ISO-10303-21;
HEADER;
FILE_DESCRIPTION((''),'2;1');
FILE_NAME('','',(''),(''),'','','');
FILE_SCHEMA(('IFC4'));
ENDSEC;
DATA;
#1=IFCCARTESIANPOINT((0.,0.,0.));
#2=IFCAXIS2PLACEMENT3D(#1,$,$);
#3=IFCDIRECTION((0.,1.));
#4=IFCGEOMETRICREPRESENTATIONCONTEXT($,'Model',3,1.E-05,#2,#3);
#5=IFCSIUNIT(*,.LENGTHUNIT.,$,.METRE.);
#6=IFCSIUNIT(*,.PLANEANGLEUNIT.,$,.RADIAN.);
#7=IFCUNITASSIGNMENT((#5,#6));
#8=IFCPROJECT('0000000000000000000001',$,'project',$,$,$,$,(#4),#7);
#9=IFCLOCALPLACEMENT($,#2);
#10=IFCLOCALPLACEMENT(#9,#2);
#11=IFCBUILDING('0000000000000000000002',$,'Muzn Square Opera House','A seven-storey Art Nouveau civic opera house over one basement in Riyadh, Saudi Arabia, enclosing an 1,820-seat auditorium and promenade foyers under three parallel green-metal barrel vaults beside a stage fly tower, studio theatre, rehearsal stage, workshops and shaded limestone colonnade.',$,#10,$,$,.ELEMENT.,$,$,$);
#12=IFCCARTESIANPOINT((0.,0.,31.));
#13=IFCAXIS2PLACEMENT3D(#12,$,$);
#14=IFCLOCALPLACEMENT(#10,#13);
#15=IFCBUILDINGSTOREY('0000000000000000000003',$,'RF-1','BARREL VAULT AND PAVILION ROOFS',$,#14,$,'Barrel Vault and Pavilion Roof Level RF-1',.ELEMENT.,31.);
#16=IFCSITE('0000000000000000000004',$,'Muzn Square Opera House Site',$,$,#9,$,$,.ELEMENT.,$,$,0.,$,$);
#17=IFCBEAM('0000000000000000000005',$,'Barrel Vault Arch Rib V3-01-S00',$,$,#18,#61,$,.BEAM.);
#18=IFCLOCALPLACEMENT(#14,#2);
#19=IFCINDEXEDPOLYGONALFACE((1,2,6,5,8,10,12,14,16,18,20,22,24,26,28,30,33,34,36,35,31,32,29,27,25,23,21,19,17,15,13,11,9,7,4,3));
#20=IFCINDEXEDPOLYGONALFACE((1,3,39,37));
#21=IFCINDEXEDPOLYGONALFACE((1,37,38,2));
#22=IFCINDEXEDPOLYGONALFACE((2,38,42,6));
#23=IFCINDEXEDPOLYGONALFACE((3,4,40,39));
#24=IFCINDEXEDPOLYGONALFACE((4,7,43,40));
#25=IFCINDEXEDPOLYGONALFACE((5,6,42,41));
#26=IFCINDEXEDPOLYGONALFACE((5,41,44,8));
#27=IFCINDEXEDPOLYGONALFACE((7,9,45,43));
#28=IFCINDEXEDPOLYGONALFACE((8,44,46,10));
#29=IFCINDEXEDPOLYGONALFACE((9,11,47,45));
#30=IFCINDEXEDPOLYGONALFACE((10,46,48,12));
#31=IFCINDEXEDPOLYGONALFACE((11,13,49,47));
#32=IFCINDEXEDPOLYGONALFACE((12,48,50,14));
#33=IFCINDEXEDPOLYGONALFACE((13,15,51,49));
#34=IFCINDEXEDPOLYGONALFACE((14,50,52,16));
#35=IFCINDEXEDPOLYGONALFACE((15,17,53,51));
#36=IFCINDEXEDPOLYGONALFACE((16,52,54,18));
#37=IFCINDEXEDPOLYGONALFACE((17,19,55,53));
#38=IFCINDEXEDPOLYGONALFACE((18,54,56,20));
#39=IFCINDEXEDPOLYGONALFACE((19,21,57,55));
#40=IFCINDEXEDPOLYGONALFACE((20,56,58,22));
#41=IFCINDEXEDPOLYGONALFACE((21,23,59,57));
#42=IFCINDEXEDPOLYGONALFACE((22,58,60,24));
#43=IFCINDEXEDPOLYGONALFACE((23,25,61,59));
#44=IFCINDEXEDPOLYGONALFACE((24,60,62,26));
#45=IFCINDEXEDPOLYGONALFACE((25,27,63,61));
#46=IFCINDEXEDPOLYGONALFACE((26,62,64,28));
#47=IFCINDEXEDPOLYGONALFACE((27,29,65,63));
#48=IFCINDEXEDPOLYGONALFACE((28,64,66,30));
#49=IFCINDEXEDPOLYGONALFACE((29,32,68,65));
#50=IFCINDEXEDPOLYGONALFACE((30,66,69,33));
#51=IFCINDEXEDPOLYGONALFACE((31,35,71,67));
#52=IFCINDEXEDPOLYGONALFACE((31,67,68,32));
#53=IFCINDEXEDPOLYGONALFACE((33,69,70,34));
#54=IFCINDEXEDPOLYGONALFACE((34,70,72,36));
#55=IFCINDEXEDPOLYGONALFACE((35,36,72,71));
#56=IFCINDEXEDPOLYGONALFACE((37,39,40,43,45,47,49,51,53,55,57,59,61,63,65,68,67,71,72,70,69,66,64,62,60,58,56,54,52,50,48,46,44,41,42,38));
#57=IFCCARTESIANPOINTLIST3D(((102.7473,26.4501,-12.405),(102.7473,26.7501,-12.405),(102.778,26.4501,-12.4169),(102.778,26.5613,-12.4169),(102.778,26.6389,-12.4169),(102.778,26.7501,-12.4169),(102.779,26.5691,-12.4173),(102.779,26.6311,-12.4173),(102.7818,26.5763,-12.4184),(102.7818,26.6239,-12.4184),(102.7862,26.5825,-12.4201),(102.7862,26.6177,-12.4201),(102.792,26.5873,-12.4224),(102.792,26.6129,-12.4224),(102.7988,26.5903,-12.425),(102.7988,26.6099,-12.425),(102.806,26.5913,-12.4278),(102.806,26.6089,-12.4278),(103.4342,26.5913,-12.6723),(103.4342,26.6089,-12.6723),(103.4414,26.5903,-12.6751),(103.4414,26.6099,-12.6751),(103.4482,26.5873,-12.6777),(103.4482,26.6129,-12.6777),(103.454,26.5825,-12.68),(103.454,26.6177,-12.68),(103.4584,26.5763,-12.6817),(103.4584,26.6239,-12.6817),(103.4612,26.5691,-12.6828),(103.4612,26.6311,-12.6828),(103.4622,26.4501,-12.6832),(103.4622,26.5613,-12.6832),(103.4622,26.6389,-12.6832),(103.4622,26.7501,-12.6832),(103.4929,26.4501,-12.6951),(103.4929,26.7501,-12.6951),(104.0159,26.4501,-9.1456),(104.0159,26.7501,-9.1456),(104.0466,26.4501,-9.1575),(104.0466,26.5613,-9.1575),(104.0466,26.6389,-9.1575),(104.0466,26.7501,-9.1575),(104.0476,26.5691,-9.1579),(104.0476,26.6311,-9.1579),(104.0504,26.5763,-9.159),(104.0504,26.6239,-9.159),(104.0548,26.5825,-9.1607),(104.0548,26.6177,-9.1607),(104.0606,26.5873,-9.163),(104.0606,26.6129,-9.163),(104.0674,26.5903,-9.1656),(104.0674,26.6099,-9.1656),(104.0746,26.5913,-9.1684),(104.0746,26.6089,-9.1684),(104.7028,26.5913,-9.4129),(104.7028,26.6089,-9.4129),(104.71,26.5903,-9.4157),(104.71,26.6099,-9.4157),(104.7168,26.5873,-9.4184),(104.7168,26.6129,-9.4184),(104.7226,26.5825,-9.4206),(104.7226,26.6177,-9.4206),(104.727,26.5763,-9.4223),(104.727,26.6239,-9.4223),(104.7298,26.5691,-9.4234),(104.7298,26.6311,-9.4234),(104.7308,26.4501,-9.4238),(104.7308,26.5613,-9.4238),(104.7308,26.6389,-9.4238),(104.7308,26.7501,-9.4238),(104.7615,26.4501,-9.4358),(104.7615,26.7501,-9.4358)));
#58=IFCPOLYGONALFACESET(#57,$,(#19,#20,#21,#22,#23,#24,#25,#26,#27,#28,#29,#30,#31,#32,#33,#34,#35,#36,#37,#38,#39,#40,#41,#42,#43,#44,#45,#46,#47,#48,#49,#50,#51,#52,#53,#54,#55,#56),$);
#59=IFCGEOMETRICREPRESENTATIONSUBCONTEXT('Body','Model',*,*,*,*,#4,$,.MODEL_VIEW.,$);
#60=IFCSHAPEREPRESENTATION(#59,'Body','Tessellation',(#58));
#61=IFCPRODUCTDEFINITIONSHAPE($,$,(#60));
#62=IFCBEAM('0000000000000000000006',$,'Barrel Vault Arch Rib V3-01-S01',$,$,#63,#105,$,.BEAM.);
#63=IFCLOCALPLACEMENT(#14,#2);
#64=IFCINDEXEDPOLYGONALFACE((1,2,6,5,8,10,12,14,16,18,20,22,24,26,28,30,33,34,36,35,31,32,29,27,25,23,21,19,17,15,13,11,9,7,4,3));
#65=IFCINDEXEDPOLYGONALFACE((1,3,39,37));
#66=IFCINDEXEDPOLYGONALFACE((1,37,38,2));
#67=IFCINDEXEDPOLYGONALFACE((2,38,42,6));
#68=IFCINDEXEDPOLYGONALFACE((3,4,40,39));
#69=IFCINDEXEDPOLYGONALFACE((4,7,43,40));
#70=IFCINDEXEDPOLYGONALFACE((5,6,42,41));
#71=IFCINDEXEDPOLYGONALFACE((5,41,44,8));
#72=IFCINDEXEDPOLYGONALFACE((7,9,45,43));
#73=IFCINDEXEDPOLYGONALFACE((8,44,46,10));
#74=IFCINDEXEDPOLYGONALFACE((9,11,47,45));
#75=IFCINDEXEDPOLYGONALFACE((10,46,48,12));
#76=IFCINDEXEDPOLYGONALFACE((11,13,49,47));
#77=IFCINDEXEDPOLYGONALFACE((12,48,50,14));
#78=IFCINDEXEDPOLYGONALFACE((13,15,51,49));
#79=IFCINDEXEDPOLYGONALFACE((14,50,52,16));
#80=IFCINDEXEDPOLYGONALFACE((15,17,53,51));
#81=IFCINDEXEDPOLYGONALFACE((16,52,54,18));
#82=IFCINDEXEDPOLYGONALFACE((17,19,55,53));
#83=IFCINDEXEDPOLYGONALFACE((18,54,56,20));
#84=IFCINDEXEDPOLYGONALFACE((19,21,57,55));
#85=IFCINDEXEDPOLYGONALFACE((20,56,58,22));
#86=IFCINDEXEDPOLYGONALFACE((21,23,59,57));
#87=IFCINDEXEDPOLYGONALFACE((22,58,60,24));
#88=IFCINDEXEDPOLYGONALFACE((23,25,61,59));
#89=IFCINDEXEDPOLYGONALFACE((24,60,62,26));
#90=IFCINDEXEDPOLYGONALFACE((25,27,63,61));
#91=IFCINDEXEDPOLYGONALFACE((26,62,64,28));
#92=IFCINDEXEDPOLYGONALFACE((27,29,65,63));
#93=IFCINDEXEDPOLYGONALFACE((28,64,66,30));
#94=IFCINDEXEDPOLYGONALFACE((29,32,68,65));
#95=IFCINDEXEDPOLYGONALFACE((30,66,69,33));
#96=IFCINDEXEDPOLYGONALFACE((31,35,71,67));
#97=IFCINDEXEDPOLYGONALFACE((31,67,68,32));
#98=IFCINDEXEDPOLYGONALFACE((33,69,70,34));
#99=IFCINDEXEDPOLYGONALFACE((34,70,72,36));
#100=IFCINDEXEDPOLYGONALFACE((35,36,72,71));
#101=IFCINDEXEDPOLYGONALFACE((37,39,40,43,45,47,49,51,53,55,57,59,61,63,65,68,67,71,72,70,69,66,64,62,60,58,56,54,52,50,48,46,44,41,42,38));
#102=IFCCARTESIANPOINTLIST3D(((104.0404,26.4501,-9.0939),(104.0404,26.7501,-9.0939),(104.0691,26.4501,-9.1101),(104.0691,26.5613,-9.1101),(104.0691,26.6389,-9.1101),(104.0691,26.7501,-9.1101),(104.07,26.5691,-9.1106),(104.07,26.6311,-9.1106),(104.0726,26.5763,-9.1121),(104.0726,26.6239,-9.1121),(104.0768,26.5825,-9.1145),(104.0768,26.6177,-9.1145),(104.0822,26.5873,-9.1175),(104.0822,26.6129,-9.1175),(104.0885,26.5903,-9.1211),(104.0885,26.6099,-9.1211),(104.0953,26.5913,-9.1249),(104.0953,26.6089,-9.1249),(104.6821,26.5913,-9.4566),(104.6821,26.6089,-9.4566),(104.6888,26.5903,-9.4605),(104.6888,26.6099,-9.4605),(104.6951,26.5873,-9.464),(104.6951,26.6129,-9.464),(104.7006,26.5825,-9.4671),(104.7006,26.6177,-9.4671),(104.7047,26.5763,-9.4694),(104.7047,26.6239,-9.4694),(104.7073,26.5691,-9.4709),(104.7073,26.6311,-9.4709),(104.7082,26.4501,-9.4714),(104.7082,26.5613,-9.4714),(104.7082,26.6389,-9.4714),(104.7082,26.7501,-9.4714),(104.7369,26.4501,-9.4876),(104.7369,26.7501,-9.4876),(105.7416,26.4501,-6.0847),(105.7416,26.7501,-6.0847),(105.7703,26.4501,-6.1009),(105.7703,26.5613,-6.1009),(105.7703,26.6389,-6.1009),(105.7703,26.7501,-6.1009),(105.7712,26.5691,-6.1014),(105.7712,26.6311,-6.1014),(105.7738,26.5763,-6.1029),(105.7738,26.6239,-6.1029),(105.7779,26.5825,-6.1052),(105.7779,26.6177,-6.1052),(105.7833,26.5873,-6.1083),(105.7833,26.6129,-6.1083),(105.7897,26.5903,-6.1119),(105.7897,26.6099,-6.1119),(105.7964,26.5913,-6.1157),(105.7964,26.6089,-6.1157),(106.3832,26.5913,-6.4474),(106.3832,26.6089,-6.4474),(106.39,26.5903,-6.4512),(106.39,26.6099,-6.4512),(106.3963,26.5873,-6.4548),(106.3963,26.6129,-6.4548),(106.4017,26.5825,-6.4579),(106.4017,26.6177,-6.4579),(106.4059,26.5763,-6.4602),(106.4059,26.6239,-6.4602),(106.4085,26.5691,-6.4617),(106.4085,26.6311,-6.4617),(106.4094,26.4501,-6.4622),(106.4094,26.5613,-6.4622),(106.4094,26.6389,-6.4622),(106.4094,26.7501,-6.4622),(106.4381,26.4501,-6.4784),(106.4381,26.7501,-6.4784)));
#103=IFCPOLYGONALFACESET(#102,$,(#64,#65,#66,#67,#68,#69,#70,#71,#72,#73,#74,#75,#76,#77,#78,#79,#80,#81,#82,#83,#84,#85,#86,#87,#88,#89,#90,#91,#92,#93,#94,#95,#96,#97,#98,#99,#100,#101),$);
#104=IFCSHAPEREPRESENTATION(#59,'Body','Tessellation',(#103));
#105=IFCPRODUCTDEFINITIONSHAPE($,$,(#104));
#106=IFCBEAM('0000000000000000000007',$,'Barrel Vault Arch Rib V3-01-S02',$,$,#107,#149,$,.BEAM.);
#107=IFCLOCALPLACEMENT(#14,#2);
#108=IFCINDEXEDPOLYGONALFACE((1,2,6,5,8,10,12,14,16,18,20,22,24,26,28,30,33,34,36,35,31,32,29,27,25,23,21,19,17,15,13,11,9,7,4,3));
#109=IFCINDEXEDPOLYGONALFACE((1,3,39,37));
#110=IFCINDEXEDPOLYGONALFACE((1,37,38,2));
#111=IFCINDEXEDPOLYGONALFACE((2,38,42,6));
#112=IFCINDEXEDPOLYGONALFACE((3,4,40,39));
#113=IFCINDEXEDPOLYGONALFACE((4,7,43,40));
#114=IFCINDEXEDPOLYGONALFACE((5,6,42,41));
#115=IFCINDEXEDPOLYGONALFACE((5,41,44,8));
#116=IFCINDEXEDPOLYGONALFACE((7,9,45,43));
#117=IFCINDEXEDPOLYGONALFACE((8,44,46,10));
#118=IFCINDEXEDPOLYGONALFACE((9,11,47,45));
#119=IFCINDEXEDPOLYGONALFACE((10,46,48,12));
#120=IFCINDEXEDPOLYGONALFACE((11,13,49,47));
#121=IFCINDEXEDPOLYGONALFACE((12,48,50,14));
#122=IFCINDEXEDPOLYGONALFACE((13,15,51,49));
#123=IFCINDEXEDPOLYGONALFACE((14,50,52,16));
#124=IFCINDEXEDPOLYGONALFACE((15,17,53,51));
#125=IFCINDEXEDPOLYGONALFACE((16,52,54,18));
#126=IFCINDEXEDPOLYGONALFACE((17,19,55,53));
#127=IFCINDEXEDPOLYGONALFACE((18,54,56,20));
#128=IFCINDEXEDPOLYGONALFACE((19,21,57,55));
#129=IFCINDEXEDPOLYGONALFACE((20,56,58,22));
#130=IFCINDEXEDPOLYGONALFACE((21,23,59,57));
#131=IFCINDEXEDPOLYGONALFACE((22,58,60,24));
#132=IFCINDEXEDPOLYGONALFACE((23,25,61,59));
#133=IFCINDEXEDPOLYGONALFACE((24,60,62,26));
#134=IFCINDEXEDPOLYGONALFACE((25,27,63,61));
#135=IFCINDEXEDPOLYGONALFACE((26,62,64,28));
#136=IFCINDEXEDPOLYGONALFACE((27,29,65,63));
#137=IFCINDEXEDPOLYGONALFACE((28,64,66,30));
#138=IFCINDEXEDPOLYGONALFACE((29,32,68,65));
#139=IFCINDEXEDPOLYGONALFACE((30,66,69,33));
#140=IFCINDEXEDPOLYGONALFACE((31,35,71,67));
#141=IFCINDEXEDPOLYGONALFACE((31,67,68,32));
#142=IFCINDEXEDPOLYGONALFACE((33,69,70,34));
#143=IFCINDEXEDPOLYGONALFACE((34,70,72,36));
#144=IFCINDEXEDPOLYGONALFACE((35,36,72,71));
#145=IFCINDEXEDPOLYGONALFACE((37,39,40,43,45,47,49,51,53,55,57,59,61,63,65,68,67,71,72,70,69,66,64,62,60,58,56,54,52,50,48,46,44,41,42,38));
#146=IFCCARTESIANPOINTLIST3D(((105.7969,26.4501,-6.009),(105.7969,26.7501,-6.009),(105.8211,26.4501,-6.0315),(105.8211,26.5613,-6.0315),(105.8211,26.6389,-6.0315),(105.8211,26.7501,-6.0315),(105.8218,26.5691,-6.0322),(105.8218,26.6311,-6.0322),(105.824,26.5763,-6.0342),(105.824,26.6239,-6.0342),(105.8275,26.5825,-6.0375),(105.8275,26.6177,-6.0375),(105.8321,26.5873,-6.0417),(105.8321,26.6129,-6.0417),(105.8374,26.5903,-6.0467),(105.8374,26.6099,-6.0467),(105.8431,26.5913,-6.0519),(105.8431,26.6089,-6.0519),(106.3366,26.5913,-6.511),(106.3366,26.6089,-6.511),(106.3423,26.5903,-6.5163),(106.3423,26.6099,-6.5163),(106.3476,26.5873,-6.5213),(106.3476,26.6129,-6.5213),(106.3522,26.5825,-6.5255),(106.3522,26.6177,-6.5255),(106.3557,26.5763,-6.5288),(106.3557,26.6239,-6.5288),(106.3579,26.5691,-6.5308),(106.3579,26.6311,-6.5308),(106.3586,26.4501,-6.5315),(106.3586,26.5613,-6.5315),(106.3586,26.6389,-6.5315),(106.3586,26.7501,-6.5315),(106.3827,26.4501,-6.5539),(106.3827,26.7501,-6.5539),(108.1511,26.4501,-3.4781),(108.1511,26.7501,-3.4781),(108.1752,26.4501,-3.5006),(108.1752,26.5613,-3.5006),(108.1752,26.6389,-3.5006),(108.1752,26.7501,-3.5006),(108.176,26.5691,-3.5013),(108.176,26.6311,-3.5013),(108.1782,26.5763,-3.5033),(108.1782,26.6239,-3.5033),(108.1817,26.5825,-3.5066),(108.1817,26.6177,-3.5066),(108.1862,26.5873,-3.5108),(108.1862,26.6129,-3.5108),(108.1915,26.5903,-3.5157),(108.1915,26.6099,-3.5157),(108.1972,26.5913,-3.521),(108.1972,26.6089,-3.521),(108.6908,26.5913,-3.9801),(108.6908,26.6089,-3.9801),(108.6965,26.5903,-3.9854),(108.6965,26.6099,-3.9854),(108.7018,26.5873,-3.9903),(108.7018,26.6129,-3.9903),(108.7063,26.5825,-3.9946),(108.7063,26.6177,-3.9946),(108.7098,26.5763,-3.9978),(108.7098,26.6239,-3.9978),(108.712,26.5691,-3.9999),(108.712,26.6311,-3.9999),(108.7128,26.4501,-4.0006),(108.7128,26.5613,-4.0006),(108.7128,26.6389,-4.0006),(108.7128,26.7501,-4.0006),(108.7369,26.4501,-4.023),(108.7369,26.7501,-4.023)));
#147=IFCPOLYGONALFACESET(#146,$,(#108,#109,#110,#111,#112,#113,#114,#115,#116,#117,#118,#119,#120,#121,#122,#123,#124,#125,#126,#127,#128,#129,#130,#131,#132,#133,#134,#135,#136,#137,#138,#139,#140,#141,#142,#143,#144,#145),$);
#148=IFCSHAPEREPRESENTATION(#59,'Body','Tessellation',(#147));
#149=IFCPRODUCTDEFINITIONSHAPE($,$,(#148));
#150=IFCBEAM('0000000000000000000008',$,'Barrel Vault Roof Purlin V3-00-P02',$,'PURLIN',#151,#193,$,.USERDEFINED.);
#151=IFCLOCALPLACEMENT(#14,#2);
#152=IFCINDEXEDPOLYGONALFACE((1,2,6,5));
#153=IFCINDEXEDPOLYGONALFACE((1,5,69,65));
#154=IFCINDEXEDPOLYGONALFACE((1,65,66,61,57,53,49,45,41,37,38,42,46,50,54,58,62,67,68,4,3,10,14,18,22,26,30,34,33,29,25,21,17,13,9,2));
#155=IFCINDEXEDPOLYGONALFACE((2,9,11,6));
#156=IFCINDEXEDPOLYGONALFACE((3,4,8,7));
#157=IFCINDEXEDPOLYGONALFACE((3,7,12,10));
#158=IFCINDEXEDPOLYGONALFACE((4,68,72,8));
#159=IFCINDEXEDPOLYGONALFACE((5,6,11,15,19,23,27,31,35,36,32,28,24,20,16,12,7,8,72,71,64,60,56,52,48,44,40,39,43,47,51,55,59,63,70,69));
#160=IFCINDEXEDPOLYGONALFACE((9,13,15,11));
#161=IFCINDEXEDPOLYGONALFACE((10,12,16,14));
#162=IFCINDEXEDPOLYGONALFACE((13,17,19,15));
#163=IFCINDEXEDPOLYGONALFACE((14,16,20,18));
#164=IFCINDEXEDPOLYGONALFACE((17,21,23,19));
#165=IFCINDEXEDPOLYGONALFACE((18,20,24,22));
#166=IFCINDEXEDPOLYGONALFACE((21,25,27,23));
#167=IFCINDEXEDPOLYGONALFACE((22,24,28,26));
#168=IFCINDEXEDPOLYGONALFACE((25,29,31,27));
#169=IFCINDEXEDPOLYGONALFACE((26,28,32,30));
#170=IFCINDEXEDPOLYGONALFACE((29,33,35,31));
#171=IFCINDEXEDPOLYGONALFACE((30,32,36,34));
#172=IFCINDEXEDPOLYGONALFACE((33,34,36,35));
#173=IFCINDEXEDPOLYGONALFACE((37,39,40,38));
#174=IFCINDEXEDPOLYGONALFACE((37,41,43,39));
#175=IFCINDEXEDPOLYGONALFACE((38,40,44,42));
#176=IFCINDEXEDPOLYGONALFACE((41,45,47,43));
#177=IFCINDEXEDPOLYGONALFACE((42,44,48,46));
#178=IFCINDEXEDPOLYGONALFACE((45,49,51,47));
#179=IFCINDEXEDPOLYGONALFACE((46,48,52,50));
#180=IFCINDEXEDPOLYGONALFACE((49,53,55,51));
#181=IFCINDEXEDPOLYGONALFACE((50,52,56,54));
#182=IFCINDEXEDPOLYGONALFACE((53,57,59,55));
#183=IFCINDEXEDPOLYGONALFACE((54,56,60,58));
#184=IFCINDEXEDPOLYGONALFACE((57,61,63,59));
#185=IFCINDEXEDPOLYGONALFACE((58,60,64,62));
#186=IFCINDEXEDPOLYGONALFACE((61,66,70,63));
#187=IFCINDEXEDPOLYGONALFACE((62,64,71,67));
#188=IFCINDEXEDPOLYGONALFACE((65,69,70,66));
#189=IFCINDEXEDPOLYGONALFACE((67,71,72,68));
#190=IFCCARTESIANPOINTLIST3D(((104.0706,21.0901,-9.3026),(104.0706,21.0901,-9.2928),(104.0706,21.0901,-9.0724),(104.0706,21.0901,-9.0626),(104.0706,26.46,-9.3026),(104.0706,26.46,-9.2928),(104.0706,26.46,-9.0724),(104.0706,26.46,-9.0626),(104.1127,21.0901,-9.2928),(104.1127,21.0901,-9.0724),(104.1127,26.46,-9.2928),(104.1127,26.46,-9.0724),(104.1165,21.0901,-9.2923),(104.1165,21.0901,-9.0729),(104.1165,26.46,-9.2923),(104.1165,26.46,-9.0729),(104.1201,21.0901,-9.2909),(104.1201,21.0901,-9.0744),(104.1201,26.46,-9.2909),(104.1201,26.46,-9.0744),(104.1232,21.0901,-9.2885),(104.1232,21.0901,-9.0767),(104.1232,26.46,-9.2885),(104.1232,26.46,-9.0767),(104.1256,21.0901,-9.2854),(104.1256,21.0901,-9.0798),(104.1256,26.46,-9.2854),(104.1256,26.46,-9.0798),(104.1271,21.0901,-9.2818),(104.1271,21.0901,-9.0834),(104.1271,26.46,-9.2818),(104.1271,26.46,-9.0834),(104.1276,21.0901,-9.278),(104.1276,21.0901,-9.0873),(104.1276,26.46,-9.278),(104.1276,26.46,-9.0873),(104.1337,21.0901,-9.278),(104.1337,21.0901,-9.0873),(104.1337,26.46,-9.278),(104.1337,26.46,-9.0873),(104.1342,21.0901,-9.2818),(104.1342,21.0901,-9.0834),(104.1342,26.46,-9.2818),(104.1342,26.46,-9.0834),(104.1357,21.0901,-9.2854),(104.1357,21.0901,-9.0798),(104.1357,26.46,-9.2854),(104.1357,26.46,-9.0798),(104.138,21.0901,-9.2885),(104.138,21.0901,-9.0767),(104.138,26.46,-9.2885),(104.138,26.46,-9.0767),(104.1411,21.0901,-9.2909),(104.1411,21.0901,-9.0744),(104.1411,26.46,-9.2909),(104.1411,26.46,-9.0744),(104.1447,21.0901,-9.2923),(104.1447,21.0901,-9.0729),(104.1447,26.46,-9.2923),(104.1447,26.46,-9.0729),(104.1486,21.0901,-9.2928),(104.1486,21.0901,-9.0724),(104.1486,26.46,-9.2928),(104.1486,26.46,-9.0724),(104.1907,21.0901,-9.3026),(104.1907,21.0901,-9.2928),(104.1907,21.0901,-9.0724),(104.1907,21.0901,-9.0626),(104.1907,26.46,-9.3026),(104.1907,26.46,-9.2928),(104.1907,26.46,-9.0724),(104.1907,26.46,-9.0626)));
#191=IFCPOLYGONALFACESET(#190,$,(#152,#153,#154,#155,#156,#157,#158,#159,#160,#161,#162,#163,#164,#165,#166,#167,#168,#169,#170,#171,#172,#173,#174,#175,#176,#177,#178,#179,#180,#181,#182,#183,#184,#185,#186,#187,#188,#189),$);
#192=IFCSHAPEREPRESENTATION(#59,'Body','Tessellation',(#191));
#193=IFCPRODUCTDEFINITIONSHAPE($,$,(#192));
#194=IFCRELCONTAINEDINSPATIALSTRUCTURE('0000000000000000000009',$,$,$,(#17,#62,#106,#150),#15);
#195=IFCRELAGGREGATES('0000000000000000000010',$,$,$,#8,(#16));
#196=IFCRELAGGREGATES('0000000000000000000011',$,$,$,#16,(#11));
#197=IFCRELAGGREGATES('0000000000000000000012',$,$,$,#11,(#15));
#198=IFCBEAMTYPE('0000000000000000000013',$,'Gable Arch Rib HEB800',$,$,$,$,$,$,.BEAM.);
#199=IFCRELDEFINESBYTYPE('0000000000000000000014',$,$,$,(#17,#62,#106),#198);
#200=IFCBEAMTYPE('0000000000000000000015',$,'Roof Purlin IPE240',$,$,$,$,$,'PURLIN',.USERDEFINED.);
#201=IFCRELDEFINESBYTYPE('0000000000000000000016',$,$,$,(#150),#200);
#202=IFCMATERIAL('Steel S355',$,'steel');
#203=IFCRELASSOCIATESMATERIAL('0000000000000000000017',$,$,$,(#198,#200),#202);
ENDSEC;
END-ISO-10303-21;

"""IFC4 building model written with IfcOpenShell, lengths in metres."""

from ifc_helpers import new_model, si_unit, direction, frame, origin, origin_2d, place, context, subcontext, project, spatial, i_section, extrude, material, material_profile, profile_set, type_object, element, save


model = new_model("IFC4")

# Units and contexts
model_context = context("Model", 3, precision=1e-05, world=origin(), true_north=direction((0.0, 1.0)))
body_context = subcontext(model_context, "Body", "Model", "MODEL_VIEW")
ifc_project = project(units=[si_unit("LENGTHUNIT", "METRE"), si_unit("PLANEANGLEUNIT", "RADIAN")], contexts=[model_context])

# Site, building, storey
site_placement = place(None, origin())
site = spatial("IfcSite", under=ifc_project, at=site_placement, Name="Muzn Square Opera House Site", CompositionType="ELEMENT", RefElevation=0.0)
building_placement = place(site_placement, origin())
building = spatial("IfcBuilding", under=site, at=building_placement, Name="Muzn Square Opera House", Description="A seven-storey Art Nouveau civic opera house over one basement in Riyadh, Saudi Arabia, enclosing an 1,820-seat auditorium and promenade foyers under three parallel green-metal barrel vaults beside a stage fly tower, studio theatre, rehearsal stage, workshops and shaded limestone colonnade.", CompositionType="ELEMENT")
storey_placement = place(building_placement, frame((0.0, 0.0, 31.0)))
storey = spatial("IfcBuildingStorey", under=building, at=storey_placement, Name="RF-1", Description="BARREL VAULT AND PAVILION ROOFS", LongName="Barrel Vault and Pavilion Roof Level RF-1", CompositionType="ELEMENT", Elevation=31.0)

# Beams
ifc_material_1 = material(Name="Steel S355", Category="steel")
ifc_material_profile_1 = material_profile(ifc_material_1, i_section(OverallWidth=0.3, OverallDepth=0.8, WebThickness=0.0176, FlangeThickness=0.033, FilletRadius=0.03, at=origin_2d()), Name="HEB 800", Category="steel")
ifc_profile_set_1 = profile_set([ifc_material_profile_1], Name="Steel S355")
beam_type_1 = type_object("IfcBeamType", Name="Gable Arch Rib HEB800", PredefinedType="BEAM", material=ifc_profile_set_1)
beam_1_placement = place(storey_placement, frame((103.1201, 26.6001, -12.55), z_axis=(0.362709, 0.0, 0.931902), x_axis=(0.0, 1.0, 0.0)))
element("IfcBeam", 1, at=beam_1_placement, inside=storey, type_object=beam_type_1, Name="Barrel Vault Arch Rib V3-01-S00", PredefinedType="BEAM", context=body_context, shape_type="SweptSolid", body=[
    extrude(i_section(OverallWidth=0.3, OverallDepth=0.8, WebThickness=0.0176, FlangeThickness=0.033, FilletRadius=0.03, at=origin_2d()), origin(), (0.0, 0.0, 1.0), 3.4976),
])
beam_2_placement = place(storey_placement, frame((104.3887, 26.6001, -9.2908), z_axis=(0.492118, 0.0, 0.870529), x_axis=(0.0, 1.0, 0.0)))
element("IfcBeam", 2, at=beam_2_placement, inside=storey, type_object=beam_type_1, Name="Barrel Vault Arch Rib V3-01-S01", PredefinedType="BEAM", context=body_context, shape_type="SweptSolid", body=[
    extrude(i_section(OverallWidth=0.3, OverallDepth=0.8, WebThickness=0.0176, FlangeThickness=0.033, FilletRadius=0.03, at=origin_2d()), origin(), (0.0, 0.0, 1.0), 3.4568),
])
beam_3_placement = place(storey_placement, frame((106.0898, 26.6001, -6.2815), z_axis=(0.681077, 0.0, 0.732212), x_axis=(0.0, 1.0, 0.0)))
element("IfcBeam", 3, at=beam_3_placement, inside=storey, type_object=beam_type_1, Name="Barrel Vault Arch Rib V3-01-S02", PredefinedType="BEAM", context=body_context, shape_type="SweptSolid", body=[
    extrude(i_section(OverallWidth=0.3, OverallDepth=0.8, WebThickness=0.0176, FlangeThickness=0.033, FilletRadius=0.03, at=origin_2d()), origin(), (0.0, 0.0, 1.0), 3.4565),
])
ifc_material_profile_2 = material_profile(ifc_material_1, i_section(OverallWidth=0.1201, OverallDepth=0.24, WebThickness=0.0061, FlangeThickness=0.0098, FilletRadius=0.0149, at=origin_2d()), Name="IPE 240", Category="steel")
ifc_profile_set_2 = profile_set([ifc_material_profile_2], Name="Steel S355")
beam_type_2 = type_object("IfcBeamType", Name="Roof Purlin IPE240", ElementType="PURLIN", PredefinedType="USERDEFINED", material=ifc_profile_set_2)
for number, where, z_axis, x_axis, name in (
    (4, (104.1306, 21.0901, -9.1826), (0.0, 1.0, 0.0), (-1.0, 0.0, 0.0), "Barrel Vault Roof Purlin V3-00-P02"),
):
    element("IfcBeam", number, at=place(storey_placement, frame(where, z_axis=z_axis, x_axis=x_axis)), inside=storey, type_object=beam_type_2, Name=name, ObjectType="PURLIN", PredefinedType="USERDEFINED", context=body_context, shape_type="SweptSolid", body=[
        extrude(i_section(OverallWidth=0.1201, OverallDepth=0.24, WebThickness=0.0061, FlangeThickness=0.0098, FilletRadius=0.0149, at=origin_2d()), origin(), (0.0, 0.0, 1.0), 5.3699),
    ])

save(model, "model.ifc")
